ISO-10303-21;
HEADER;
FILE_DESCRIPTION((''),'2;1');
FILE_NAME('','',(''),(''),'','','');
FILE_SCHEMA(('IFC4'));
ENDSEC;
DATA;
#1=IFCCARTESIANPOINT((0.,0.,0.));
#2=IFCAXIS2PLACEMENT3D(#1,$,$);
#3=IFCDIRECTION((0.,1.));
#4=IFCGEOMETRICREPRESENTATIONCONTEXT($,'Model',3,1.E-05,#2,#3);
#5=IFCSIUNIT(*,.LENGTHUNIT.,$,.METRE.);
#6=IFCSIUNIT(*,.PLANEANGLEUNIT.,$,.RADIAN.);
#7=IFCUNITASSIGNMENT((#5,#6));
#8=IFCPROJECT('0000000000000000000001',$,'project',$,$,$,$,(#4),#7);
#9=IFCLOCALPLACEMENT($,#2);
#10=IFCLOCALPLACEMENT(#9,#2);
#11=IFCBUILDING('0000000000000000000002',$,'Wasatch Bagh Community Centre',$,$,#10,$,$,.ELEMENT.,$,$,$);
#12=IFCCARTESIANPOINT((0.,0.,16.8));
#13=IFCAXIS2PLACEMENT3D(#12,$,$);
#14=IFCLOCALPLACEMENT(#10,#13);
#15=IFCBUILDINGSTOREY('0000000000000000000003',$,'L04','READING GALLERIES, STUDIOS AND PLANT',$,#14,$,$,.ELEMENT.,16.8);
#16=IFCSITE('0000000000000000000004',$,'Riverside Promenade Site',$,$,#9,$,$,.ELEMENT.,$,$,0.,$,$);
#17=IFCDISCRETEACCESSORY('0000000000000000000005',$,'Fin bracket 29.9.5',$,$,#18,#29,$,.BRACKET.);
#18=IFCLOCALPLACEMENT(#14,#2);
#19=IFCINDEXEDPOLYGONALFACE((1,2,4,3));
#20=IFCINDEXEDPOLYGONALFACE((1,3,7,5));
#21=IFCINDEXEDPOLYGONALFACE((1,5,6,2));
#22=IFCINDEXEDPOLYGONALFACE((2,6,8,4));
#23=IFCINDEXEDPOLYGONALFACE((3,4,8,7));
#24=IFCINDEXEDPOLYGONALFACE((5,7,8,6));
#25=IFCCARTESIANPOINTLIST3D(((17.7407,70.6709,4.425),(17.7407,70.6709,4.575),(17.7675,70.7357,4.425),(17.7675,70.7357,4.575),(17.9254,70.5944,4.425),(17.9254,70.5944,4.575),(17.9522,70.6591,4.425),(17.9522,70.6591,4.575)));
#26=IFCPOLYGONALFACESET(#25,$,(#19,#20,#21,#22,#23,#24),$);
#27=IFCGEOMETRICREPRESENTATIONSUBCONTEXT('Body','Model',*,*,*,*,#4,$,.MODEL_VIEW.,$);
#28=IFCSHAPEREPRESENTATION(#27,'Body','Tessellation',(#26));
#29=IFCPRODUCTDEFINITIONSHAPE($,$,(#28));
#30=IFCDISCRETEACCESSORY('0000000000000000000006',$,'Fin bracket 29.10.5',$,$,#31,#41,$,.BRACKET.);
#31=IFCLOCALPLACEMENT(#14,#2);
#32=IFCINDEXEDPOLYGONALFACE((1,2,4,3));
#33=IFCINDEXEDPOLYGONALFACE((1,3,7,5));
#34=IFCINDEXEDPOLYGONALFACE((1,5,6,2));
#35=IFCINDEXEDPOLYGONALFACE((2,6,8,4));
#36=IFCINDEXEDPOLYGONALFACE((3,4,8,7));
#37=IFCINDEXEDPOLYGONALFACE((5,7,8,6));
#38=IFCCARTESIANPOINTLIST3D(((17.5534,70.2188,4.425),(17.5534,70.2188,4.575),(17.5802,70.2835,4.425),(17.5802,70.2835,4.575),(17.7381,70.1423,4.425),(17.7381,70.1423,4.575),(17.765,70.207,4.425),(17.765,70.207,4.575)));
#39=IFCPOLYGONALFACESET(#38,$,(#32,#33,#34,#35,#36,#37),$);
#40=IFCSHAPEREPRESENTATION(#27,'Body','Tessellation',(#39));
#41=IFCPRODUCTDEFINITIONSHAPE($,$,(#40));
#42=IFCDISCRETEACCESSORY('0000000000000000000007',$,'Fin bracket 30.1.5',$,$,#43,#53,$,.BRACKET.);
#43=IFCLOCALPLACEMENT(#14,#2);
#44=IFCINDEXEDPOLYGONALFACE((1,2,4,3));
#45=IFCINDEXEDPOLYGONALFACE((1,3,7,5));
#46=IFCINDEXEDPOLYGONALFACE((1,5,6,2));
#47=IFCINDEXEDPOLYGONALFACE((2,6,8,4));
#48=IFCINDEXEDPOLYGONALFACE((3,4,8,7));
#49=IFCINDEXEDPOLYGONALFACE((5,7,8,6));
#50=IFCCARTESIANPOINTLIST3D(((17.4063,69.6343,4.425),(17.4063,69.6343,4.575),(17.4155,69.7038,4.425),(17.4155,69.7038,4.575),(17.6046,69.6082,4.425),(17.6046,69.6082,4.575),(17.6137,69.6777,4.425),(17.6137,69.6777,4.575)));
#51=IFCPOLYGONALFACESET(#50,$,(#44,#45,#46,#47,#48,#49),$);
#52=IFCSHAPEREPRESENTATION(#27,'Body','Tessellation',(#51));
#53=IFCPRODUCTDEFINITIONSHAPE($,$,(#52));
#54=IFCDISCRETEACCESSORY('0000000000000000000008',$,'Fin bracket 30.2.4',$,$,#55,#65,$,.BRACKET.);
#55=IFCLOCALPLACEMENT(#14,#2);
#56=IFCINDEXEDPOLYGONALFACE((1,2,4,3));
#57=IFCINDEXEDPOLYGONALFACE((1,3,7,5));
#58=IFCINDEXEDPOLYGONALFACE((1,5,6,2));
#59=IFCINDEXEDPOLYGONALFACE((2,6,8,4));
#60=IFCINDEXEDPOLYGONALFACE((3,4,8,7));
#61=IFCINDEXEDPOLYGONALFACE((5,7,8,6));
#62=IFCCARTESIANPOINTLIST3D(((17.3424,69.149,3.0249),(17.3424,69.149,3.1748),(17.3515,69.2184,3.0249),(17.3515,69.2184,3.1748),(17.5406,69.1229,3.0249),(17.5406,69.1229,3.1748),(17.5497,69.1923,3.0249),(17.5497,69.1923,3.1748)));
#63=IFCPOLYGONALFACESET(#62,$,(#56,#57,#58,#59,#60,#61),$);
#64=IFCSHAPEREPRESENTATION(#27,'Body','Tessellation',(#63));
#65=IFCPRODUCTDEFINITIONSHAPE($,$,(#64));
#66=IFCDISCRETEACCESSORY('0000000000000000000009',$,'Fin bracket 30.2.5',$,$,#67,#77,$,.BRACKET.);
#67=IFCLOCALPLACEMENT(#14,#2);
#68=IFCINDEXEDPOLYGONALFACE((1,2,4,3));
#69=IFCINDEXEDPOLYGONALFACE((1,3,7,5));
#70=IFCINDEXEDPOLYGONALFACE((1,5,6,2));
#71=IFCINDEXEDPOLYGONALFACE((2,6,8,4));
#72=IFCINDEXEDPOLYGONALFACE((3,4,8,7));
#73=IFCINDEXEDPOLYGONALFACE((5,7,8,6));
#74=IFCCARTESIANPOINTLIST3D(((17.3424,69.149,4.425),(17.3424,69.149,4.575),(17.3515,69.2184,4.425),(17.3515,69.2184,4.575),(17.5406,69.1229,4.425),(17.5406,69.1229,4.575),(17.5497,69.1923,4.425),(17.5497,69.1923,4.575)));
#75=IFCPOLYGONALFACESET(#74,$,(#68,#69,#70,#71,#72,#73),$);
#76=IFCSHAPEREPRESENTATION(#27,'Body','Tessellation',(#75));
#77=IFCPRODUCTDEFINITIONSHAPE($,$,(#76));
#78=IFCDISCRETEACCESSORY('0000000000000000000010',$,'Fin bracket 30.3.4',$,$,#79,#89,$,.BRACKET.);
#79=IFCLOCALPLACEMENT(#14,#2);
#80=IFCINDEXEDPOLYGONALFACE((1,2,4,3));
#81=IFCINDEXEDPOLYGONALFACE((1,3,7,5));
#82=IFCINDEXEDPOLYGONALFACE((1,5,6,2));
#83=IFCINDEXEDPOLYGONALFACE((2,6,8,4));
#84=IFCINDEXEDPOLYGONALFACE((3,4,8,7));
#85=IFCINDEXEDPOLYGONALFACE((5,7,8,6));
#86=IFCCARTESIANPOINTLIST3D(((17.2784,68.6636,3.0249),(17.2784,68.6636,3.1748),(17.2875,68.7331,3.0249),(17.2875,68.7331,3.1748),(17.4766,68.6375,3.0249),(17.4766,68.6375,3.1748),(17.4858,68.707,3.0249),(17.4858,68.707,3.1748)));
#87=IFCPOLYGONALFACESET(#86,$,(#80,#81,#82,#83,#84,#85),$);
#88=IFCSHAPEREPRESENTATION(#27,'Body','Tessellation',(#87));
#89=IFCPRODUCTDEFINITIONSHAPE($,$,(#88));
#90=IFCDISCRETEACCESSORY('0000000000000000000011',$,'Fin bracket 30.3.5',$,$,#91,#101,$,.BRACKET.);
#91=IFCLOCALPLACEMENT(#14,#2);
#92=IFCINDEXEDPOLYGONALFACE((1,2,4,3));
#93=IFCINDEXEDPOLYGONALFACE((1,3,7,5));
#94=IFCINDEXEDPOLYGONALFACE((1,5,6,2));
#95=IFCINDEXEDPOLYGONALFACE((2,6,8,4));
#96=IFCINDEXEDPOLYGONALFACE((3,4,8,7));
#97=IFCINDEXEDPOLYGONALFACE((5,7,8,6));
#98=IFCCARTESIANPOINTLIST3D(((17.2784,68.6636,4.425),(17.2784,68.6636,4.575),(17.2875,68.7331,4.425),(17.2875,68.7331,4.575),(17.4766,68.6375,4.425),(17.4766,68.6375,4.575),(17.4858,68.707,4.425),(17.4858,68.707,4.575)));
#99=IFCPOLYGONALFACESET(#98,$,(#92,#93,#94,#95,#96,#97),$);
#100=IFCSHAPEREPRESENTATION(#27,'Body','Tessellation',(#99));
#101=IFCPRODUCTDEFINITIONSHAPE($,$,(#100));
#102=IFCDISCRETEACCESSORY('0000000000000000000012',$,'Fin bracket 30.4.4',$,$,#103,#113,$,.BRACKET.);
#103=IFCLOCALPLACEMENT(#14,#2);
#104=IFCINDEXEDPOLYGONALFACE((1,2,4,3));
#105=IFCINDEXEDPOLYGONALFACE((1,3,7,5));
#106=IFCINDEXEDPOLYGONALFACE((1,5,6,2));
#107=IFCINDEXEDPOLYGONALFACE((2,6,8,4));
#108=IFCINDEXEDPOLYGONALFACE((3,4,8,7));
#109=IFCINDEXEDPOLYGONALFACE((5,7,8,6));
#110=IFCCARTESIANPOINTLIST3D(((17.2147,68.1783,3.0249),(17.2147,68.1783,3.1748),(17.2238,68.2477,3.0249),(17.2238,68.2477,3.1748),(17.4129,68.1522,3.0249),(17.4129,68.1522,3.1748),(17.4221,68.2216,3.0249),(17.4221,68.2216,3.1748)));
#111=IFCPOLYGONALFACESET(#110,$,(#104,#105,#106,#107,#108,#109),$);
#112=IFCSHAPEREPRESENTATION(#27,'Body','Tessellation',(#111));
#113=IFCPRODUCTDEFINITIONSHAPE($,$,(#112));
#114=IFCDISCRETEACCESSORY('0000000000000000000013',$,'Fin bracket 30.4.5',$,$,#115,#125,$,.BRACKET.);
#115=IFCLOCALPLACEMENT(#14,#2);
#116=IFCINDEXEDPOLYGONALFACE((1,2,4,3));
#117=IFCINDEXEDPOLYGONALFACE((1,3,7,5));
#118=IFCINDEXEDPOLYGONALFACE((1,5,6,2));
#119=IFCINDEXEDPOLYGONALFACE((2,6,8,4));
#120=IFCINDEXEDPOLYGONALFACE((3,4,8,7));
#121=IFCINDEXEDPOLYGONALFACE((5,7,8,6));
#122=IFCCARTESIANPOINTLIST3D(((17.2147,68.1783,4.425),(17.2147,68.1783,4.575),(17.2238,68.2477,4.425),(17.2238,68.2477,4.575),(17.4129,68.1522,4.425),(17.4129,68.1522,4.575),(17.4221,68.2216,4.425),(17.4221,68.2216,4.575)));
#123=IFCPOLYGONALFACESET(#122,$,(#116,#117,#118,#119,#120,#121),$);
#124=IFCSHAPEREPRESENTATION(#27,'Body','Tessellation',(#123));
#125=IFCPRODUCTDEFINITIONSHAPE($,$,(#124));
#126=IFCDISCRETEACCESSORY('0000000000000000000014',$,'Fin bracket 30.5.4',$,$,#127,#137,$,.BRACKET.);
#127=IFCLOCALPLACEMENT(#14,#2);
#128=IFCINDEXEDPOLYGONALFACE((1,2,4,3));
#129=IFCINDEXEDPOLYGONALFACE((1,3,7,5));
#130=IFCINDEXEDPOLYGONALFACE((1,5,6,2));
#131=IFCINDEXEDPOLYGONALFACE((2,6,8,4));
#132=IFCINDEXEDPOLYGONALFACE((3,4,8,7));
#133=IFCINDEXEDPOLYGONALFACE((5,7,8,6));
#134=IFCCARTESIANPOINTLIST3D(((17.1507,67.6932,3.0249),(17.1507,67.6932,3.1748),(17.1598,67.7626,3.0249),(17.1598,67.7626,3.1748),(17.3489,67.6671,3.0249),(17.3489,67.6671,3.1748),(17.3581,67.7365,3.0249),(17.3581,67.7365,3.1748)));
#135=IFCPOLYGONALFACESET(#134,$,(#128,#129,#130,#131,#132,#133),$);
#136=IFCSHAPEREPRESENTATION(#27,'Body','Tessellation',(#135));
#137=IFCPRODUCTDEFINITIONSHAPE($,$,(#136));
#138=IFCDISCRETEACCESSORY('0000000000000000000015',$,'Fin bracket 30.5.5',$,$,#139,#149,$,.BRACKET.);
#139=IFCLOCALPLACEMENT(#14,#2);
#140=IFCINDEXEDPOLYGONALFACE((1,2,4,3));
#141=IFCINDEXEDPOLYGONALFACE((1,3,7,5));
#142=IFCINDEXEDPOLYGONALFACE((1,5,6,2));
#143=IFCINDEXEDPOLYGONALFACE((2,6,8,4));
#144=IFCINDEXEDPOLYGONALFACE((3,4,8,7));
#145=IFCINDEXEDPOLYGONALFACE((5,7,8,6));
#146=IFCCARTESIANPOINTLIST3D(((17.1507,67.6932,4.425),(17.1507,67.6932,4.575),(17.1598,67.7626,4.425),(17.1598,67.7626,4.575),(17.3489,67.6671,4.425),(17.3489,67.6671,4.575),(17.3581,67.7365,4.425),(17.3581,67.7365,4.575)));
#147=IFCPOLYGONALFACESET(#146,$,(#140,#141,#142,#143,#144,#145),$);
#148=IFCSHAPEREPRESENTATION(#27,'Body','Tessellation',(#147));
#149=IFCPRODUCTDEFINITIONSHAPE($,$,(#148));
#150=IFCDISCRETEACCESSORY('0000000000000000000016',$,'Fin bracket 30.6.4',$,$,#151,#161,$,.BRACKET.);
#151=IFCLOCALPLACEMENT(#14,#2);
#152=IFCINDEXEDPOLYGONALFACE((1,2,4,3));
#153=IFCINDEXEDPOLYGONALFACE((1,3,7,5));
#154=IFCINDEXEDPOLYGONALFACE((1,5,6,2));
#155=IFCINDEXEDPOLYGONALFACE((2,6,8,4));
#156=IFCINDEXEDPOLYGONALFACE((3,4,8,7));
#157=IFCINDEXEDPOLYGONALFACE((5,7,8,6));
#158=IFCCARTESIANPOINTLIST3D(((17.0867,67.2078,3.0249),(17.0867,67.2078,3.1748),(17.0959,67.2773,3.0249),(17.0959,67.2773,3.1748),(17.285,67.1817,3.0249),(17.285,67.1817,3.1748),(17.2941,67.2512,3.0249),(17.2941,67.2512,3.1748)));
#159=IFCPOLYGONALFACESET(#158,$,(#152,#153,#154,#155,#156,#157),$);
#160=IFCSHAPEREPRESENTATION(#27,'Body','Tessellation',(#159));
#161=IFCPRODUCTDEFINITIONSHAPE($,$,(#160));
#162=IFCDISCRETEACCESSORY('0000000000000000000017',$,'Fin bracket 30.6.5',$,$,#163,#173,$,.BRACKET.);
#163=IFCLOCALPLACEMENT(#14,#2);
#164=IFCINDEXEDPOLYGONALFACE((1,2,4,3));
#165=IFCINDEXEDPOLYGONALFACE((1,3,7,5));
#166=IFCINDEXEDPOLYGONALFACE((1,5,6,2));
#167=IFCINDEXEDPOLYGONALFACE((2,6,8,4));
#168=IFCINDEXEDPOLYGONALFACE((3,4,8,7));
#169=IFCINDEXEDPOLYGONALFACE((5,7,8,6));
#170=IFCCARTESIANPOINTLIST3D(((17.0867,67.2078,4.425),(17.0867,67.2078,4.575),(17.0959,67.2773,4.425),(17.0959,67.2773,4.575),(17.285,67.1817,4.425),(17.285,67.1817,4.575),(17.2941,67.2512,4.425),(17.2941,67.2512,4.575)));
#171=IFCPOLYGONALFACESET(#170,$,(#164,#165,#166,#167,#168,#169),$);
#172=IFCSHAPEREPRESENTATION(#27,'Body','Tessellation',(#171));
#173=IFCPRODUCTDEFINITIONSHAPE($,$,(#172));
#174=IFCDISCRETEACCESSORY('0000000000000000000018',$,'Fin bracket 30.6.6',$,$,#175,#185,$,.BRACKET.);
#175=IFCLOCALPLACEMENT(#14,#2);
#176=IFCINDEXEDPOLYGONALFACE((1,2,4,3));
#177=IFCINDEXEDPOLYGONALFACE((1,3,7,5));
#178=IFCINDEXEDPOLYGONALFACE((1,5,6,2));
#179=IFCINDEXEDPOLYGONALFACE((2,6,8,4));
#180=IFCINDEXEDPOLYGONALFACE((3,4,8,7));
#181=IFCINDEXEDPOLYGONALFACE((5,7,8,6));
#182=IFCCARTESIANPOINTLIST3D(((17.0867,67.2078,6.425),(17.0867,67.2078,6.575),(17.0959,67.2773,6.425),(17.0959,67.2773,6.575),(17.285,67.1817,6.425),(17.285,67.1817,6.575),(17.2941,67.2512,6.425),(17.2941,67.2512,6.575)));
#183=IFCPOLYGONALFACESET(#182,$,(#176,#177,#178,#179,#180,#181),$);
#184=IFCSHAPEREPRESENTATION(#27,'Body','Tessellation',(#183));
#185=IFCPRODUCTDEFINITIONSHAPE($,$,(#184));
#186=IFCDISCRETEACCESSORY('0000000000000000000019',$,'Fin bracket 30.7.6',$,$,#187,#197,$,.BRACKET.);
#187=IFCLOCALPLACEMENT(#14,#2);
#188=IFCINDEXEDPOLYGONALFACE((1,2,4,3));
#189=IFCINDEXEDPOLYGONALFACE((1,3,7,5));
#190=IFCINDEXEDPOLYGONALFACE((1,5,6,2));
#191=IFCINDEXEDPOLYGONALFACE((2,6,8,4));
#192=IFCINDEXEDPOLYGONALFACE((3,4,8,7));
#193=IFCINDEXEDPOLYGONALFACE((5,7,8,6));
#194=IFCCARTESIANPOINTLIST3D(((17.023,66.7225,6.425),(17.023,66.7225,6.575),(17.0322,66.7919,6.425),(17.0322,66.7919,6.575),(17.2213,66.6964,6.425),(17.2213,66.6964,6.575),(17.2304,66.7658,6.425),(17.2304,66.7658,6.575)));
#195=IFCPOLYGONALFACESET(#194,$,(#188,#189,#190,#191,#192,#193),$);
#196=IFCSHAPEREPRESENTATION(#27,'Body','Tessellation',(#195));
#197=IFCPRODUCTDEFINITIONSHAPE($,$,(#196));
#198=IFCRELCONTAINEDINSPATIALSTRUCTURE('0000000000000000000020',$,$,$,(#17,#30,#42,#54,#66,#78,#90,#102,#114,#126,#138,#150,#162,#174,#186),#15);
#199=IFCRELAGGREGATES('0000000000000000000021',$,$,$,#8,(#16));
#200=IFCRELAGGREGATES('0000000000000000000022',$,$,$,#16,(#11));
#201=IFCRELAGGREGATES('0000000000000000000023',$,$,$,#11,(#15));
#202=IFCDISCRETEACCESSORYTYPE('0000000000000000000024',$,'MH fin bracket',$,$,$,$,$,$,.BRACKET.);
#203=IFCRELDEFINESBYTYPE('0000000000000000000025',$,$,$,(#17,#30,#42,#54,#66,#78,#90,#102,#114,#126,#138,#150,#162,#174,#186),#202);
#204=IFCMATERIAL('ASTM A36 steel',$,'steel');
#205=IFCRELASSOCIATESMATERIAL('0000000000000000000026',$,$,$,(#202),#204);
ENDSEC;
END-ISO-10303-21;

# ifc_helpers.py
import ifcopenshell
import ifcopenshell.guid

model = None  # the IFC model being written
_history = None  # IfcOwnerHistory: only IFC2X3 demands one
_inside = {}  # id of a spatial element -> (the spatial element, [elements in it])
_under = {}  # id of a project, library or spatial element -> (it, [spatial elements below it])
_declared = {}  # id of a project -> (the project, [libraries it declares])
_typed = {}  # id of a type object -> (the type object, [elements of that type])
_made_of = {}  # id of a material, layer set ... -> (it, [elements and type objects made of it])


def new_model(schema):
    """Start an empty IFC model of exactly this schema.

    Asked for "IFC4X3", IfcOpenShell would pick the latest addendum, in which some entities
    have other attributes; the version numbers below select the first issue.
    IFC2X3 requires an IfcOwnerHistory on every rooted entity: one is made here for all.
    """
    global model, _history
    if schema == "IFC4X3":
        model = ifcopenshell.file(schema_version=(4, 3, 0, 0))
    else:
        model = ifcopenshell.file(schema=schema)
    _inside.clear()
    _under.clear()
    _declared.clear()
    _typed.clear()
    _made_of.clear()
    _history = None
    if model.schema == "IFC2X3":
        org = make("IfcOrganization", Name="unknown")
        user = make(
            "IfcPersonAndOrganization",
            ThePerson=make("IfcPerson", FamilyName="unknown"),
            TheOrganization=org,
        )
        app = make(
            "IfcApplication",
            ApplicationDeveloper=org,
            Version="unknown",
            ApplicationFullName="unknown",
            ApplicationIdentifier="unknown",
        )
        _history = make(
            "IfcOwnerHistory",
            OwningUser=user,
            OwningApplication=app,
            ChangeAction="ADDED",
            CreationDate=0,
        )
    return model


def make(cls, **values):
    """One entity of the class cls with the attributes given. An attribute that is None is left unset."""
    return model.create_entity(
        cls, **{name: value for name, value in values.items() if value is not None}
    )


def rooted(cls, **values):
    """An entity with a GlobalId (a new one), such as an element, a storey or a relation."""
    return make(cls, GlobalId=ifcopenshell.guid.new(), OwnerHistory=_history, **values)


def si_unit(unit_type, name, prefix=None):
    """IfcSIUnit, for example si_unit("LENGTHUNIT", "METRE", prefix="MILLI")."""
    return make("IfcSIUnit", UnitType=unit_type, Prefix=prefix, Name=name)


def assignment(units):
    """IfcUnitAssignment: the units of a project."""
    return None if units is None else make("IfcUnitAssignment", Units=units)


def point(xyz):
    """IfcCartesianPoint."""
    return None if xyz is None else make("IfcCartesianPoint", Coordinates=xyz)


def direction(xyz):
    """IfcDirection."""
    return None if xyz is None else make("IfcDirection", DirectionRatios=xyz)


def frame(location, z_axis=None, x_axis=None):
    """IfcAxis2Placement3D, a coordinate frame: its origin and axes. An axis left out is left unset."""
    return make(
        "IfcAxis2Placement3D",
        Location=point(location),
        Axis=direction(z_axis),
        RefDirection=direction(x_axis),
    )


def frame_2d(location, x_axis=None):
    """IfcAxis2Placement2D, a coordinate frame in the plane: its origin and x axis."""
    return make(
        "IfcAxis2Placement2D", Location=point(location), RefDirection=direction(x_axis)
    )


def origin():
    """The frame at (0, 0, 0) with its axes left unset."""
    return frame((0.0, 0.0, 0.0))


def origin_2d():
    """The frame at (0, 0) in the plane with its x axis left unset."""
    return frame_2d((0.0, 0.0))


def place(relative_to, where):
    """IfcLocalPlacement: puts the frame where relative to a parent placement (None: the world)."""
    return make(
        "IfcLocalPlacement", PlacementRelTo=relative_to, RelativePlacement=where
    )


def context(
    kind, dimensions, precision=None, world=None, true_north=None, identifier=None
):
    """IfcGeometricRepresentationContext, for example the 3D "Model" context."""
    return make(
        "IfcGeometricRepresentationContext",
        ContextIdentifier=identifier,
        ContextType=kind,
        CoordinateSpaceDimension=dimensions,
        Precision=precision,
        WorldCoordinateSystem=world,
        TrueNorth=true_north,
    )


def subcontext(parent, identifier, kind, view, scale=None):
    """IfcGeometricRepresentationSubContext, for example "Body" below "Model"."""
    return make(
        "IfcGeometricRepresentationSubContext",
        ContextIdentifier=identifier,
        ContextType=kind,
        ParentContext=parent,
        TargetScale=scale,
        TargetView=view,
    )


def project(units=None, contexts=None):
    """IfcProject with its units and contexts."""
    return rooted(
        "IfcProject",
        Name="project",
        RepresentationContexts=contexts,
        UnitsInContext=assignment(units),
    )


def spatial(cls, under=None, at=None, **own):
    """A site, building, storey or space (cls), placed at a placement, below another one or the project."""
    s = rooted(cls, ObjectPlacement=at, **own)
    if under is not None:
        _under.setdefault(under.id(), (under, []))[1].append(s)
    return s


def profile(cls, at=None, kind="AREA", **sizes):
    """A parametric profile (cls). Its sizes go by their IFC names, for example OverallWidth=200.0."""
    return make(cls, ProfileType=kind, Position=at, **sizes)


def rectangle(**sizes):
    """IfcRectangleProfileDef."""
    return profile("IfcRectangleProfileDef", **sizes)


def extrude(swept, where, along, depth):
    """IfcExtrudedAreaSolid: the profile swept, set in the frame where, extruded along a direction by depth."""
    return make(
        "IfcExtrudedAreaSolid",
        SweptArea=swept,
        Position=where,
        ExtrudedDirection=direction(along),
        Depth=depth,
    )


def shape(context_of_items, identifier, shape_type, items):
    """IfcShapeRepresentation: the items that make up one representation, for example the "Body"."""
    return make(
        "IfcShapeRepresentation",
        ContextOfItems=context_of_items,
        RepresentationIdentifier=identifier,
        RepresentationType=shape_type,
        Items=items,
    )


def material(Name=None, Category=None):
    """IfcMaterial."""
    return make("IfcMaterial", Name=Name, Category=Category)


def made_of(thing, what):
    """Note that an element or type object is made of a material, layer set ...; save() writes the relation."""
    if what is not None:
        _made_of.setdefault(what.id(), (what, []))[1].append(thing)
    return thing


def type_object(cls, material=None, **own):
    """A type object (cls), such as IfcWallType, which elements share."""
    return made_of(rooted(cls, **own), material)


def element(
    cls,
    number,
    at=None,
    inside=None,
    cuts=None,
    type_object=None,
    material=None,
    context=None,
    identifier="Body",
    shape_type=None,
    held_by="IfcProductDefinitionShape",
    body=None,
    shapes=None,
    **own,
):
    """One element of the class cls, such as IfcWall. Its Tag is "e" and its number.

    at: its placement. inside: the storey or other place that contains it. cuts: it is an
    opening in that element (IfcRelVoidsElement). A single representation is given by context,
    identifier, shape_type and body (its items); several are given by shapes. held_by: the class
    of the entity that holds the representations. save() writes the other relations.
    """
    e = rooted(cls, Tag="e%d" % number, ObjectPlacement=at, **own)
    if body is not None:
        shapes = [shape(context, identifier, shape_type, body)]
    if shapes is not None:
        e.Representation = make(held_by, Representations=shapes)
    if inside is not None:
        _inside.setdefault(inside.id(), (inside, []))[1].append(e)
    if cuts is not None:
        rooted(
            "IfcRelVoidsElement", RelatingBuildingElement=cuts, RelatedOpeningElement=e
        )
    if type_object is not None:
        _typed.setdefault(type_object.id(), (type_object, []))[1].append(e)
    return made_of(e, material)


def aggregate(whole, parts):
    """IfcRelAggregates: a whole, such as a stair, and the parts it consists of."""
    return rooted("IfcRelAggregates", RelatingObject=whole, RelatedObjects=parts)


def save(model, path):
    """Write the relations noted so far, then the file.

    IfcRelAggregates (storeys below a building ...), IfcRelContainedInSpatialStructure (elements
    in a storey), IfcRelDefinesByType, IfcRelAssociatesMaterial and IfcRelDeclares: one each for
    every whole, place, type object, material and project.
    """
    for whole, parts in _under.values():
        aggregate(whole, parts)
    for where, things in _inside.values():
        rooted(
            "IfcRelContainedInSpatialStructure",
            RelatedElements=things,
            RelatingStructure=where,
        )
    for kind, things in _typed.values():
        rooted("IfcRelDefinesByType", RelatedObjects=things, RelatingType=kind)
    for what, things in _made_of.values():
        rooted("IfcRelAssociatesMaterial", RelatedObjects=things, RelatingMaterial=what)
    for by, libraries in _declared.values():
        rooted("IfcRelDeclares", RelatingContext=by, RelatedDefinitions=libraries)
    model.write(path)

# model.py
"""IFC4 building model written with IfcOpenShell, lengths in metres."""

from ifc_helpers import new_model, si_unit, direction, frame, origin, origin_2d, place, context, subcontext, project, spatial, rectangle, extrude, material, type_object, element, save


model = new_model("IFC4")

# Units and contexts
model_context = context("Model", 3, precision=1e-05, world=origin(), true_north=direction((0.0, 1.0)))
body_context = subcontext(model_context, "Body", "Model", "MODEL_VIEW")
ifc_project = project(units=[si_unit("LENGTHUNIT", "METRE"), si_unit("PLANEANGLEUNIT", "RADIAN")], contexts=[model_context])

# Site, building, storey
site_placement = place(None, origin())
site = spatial("IfcSite", under=ifc_project, at=site_placement, Name="Riverside Promenade Site", CompositionType="ELEMENT", RefElevation=0.0)
building_placement = place(site_placement, origin())
building = spatial("IfcBuilding", under=site, at=building_placement, Name="Wasatch Bagh Community Centre", CompositionType="ELEMENT")
storey_placement = place(building_placement, frame((0.0, 0.0, 16.8)))
storey = spatial("IfcBuildingStorey", under=building, at=storey_placement, Name="L04", Description="READING GALLERIES, STUDIOS AND PLANT", CompositionType="ELEMENT", Elevation=16.8)

# Discrete accessories
ifc_material_1 = material(Name="ASTM A36 steel", Category="steel")
discrete_accessory_type = type_object("IfcDiscreteAccessoryType", Name="MH fin bracket", PredefinedType="BRACKET", material=ifc_material_1)
for number, where, z_axis, x_axis, name in (
    (1, (17.8464, 70.665, 4.425), (0.0, 0.0, 1.0), (-0.382683, -0.92388, 0.0), "Fin bracket 29.9.5"),
    (2, (17.6592, 70.2129, 4.425), (0.0, 0.0, 1.0), (-0.382683, -0.92388, 0.0), "Fin bracket 29.10.5"),
    (3, (17.51, 69.656, 4.425), (0.0, 0.0, 1.0), (-0.130526, -0.991445, 0.0), "Fin bracket 30.1.5"),
    (4, (17.446, 69.1707, 3.0249), (0.0, 0.0, 1.0), (-0.130526, -0.991445, 0.0), "Fin bracket 30.2.4"),
    (5, (17.446, 69.1707, 4.425), (0.0, 0.0, 1.0), (-0.130526, -0.991445, 0.0), "Fin bracket 30.2.5"),
    (6, (17.3821, 68.6853, 3.0249), (0.0, 0.0, 1.0), (-0.130526, -0.991445, 0.0), "Fin bracket 30.3.4"),
    (7, (17.3821, 68.6853, 4.425), (0.0, 0.0, 1.0), (-0.130526, -0.991445, 0.0), "Fin bracket 30.3.5"),
    (8, (17.3184, 68.2, 3.0249), (0.0, 0.0, 1.0), (-0.130526, -0.991445, 0.0), "Fin bracket 30.4.4"),
    (9, (17.3184, 68.2, 4.425), (0.0, 0.0, 1.0), (-0.130526, -0.991445, 0.0), "Fin bracket 30.4.5"),
    (10, (17.2544, 67.7148, 3.0249), (0.0, 0.0, 1.0), (-0.130526, -0.991445, 0.0), "Fin bracket 30.5.4"),
    (11, (17.2544, 67.7148, 4.425), (0.0, 0.0, 1.0), (-0.130526, -0.991445, 0.0), "Fin bracket 30.5.5"),
    (12, (17.1904, 67.2295, 3.0249), (0.0, 0.0, 1.0), (-0.130526, -0.991445, 0.0), "Fin bracket 30.6.4"),
    (13, (17.1904, 67.2295, 4.425), (0.0, 0.0, 1.0), (-0.130526, -0.991445, 0.0), "Fin bracket 30.6.5"),
    (14, (17.1904, 67.2295, 6.425), (0.0, 0.0, 1.0), (-0.130526, -0.991445, 0.0), "Fin bracket 30.6.6"),
    (15, (17.1267, 66.7441, 6.425), (0.0, 0.0, 1.0), (-0.130526, -0.991445, 0.0), "Fin bracket 30.7.6"),
):
    element("IfcDiscreteAccessory", number, at=place(storey_placement, frame(where, z_axis=z_axis, x_axis=x_axis)), inside=storey, type_object=discrete_accessory_type, Name=name, PredefinedType="BRACKET", context=body_context, shape_type="SweptSolid", body=[
        extrude(rectangle(XDim=0.0701, YDim=0.2, at=origin_2d()), origin(), (0.0, 0.0, 1.0), 0.1499),
    ])

save(model, "model.ifc")
